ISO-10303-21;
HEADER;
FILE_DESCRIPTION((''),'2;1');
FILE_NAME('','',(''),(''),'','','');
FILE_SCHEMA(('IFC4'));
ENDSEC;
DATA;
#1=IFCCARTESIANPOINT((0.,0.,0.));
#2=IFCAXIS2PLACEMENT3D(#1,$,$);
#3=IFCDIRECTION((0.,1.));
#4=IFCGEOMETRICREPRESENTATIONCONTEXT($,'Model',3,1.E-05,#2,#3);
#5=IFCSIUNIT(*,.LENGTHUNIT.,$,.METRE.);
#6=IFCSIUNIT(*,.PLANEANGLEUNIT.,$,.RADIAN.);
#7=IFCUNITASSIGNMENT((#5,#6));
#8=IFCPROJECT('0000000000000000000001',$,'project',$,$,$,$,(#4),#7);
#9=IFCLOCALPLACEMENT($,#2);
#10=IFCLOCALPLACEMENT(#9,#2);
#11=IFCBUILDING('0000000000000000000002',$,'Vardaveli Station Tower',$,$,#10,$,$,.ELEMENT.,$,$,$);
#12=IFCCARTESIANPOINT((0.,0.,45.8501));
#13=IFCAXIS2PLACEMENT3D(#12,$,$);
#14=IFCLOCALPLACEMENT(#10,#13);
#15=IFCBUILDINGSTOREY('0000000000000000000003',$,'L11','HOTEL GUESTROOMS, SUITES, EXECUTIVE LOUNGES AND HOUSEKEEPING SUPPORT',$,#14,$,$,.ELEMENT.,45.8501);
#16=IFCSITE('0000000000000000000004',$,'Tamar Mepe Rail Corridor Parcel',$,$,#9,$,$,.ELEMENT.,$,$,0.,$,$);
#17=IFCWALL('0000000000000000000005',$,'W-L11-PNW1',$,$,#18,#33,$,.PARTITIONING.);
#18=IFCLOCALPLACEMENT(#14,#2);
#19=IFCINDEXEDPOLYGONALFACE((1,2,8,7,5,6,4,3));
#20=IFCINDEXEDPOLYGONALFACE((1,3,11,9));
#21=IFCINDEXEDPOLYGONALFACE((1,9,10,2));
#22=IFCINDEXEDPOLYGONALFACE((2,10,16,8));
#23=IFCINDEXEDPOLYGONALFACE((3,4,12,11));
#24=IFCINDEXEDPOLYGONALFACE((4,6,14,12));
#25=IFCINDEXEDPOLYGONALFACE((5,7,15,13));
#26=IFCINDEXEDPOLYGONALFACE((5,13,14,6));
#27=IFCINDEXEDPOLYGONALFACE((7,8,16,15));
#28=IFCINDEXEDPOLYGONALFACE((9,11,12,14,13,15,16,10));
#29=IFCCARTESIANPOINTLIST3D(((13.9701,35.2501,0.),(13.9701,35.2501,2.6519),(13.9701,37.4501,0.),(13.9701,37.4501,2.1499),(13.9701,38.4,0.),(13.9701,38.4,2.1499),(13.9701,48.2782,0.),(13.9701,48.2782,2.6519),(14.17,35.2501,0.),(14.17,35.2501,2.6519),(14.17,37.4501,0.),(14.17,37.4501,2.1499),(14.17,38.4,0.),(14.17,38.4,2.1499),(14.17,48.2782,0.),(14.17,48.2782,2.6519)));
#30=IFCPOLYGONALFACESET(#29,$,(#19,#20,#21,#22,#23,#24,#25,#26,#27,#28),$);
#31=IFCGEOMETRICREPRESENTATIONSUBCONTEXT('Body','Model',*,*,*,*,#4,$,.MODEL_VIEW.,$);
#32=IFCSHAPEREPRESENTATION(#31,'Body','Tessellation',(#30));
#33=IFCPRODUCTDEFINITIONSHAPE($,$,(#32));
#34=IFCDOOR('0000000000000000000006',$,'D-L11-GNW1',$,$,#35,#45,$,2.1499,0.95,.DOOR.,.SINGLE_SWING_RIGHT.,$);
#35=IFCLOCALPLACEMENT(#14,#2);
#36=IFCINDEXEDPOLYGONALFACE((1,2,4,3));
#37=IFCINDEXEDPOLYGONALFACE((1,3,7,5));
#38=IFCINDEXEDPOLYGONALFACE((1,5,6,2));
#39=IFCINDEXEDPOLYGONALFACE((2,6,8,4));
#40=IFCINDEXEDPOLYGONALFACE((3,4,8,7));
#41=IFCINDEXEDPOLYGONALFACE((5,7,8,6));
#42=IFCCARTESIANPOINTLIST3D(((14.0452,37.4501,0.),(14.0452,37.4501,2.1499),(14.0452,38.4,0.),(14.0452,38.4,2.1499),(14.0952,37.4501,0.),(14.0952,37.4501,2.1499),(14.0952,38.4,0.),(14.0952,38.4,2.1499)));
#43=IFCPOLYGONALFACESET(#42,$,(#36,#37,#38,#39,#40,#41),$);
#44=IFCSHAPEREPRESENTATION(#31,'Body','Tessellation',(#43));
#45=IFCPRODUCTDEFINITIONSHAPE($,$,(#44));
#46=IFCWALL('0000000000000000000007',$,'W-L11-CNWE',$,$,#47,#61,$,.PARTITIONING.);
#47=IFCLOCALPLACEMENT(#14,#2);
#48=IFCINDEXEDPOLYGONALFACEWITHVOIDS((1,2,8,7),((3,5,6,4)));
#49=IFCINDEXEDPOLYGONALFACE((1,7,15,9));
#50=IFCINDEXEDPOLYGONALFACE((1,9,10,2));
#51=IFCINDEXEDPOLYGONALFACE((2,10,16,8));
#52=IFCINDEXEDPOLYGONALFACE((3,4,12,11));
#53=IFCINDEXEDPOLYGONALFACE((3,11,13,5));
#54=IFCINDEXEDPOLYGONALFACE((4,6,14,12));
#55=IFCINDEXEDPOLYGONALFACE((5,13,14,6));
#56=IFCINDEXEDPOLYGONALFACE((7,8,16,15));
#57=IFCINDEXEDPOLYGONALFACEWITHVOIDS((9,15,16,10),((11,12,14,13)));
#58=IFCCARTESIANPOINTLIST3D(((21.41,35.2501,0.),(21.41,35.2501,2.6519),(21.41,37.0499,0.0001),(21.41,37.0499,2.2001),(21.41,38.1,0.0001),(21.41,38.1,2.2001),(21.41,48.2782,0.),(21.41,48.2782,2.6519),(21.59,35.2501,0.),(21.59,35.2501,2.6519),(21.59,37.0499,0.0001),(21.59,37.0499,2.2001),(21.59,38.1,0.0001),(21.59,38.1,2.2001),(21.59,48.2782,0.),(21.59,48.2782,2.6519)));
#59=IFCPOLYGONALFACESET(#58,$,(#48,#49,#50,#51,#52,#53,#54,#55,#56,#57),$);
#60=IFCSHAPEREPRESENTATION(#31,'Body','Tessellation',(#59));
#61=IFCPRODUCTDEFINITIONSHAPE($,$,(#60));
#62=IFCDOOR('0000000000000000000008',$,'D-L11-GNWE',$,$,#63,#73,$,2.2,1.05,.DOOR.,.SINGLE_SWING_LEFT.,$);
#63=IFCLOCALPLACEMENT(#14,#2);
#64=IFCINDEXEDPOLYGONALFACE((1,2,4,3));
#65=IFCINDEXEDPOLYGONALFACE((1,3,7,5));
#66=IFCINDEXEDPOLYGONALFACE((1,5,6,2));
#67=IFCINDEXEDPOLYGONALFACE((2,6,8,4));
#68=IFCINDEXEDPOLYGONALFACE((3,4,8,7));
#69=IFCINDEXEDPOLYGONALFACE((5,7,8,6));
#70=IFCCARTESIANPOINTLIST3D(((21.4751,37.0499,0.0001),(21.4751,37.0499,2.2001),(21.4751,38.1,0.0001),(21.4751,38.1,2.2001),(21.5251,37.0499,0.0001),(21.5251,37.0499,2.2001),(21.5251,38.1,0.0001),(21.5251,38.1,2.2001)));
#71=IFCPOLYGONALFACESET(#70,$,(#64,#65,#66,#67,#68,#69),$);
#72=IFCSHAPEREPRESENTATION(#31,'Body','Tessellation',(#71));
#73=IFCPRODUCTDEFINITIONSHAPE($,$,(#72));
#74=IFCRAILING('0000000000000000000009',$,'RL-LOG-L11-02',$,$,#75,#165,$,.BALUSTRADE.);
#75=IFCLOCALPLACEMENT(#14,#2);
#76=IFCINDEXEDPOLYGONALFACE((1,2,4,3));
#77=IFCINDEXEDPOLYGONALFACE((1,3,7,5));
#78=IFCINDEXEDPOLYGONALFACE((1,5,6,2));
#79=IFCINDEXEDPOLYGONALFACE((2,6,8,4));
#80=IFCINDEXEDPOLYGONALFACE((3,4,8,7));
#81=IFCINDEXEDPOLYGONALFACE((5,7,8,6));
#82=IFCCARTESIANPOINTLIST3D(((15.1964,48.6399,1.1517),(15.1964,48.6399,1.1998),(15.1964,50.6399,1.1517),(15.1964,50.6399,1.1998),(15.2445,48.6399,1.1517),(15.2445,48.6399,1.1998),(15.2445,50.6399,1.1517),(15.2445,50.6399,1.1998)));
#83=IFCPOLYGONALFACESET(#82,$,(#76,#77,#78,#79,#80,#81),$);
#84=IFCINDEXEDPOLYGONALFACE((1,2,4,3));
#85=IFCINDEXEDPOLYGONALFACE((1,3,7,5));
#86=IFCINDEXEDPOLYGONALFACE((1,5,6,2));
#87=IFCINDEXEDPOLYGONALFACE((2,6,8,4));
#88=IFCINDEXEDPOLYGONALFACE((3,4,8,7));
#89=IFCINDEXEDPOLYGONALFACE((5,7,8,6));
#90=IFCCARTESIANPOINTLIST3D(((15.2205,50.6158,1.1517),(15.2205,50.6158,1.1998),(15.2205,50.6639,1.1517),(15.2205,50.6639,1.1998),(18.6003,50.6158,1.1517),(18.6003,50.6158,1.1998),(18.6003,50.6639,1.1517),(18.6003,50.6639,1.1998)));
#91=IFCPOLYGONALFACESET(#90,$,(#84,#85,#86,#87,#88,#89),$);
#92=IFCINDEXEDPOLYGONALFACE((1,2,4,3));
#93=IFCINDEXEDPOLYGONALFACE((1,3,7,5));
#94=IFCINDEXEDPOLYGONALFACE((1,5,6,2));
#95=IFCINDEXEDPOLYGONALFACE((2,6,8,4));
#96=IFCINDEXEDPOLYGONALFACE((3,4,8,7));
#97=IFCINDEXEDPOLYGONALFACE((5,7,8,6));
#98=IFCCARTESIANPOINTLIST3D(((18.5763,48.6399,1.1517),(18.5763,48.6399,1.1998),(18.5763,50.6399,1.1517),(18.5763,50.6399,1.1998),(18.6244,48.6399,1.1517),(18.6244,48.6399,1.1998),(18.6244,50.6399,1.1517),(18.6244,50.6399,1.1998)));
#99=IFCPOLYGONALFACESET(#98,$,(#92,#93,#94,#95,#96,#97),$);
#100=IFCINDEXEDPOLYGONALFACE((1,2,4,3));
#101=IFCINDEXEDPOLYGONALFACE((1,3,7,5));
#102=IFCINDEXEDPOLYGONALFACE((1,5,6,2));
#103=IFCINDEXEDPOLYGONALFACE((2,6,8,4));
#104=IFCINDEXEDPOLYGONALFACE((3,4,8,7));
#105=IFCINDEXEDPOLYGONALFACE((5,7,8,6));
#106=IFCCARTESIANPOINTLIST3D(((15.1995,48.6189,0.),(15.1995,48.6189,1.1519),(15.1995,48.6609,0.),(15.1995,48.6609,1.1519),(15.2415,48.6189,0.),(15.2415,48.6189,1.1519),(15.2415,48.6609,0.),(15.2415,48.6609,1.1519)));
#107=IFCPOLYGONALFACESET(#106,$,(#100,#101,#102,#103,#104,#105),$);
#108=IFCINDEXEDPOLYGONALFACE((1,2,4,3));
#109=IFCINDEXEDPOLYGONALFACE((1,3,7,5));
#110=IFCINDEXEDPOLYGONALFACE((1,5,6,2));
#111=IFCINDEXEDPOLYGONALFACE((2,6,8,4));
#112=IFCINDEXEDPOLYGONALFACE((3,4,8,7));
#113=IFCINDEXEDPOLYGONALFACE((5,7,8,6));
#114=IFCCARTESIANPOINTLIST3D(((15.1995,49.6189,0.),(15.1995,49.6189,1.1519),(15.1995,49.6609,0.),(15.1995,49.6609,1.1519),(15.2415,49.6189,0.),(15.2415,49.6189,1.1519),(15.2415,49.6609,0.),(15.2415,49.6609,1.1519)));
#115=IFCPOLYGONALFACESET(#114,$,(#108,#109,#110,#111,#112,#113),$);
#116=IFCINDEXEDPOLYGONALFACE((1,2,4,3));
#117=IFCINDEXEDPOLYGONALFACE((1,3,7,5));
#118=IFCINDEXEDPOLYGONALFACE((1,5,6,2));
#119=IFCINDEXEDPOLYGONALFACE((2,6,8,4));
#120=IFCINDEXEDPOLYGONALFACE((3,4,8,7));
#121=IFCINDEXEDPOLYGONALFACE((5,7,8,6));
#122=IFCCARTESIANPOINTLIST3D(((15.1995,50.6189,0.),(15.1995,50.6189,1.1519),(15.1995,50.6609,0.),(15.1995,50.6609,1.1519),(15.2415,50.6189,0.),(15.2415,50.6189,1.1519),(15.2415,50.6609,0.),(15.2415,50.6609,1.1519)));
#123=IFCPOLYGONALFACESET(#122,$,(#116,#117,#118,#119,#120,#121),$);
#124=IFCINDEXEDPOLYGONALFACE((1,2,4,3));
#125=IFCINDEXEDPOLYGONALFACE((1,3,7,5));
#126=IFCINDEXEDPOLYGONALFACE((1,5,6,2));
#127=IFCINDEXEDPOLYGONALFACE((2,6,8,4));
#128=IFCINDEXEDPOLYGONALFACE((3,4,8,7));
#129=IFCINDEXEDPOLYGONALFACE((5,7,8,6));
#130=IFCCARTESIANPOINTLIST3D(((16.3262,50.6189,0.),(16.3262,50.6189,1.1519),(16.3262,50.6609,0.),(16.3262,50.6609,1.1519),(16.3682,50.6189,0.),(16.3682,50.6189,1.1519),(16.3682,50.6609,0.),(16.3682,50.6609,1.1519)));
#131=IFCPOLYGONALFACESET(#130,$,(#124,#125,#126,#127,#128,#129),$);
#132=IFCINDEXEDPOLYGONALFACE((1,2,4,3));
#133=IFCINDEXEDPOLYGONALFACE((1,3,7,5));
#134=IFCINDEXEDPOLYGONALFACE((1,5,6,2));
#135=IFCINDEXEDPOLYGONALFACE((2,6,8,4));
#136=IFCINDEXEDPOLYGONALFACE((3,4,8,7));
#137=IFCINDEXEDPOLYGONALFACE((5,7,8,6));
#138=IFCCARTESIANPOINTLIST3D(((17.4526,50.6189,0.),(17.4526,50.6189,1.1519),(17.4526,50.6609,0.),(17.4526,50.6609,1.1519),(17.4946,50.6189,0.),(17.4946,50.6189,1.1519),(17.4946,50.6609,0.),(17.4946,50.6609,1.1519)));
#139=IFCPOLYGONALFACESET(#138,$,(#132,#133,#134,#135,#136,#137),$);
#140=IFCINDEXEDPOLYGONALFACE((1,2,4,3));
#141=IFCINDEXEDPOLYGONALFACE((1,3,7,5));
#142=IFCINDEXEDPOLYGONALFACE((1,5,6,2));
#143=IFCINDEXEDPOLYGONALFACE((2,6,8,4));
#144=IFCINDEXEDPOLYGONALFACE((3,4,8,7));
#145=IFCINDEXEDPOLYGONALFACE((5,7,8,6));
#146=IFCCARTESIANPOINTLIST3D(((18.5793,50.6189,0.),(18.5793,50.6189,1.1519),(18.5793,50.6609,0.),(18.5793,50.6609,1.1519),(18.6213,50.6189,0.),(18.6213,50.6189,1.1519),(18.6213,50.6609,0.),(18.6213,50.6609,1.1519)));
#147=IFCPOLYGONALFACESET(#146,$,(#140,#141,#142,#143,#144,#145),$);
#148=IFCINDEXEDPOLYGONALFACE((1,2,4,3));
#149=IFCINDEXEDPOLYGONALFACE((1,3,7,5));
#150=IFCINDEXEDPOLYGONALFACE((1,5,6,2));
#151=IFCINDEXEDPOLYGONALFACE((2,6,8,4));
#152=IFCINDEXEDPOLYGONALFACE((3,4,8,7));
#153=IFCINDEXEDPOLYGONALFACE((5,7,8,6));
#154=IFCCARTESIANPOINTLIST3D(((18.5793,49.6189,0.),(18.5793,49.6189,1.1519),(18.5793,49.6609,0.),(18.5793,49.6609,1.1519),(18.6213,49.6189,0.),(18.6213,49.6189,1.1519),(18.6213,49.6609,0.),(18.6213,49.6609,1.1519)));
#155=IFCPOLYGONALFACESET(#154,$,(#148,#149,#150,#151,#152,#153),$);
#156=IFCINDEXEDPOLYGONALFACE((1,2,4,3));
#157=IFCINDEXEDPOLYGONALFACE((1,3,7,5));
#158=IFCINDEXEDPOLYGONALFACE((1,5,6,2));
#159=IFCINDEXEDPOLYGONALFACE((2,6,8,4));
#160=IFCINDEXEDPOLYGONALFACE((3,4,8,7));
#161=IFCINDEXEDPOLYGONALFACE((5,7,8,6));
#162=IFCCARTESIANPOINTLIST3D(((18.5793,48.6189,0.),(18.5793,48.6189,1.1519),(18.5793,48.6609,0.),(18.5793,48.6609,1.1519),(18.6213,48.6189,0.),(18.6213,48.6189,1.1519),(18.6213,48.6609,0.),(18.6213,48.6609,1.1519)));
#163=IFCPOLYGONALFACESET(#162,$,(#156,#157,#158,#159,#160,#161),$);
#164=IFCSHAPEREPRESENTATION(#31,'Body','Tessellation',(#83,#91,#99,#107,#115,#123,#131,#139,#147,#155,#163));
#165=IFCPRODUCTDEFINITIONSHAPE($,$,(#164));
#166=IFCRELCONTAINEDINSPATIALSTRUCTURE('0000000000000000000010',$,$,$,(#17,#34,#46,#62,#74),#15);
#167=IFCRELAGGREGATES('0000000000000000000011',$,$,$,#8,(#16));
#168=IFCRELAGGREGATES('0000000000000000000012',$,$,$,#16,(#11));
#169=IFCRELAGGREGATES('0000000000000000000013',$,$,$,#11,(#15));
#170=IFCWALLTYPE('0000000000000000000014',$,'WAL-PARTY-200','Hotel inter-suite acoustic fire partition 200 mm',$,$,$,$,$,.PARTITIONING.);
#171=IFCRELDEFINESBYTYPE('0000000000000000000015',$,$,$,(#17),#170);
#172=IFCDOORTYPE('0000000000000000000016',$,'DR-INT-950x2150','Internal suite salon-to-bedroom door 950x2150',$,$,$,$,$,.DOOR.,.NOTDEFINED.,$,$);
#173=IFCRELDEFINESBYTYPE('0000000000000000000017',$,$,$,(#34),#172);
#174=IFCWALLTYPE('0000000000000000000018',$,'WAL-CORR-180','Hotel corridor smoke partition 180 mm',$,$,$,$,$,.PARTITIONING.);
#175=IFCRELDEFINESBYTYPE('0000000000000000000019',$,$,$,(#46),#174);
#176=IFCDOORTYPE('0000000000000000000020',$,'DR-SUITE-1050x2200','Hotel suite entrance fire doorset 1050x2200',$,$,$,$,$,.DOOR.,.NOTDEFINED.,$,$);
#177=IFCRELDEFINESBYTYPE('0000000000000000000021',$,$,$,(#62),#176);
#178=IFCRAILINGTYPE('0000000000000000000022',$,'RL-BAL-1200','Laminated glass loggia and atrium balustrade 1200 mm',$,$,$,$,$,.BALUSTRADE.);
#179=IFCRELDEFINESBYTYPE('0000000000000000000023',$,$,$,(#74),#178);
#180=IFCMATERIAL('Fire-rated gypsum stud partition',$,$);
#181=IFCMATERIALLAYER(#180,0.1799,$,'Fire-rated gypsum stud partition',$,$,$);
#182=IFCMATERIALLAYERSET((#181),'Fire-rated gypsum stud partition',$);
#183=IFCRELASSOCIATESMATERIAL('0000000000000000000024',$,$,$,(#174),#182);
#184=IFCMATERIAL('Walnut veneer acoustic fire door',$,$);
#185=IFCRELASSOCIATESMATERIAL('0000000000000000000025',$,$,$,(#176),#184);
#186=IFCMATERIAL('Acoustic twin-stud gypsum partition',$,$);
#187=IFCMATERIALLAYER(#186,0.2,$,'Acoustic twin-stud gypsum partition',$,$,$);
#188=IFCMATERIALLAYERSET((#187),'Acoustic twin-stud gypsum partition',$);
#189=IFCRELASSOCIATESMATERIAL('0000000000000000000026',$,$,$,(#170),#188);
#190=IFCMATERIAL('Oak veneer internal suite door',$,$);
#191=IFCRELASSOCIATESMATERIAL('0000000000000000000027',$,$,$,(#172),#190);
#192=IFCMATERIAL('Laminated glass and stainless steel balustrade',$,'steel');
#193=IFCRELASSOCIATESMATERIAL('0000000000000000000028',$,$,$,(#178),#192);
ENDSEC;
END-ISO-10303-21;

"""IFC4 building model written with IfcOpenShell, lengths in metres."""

from ifc_helpers import new_model, si_unit, direction, frame, frame_2d, origin, origin_2d, place, context, subcontext, project, spatial, rectangle, extrude, source, transform, mapped, material, layer, layer_set, type_object, element, fill, save


model = new_model("IFC4")

# Units and contexts
model_context = context("Model", 3, precision=1e-05, world=origin(), true_north=direction((0.0, 1.0)))
body_context = subcontext(model_context, "Body", "Model", "MODEL_VIEW")
ifc_project = project(units=[si_unit("LENGTHUNIT", "METRE"), si_unit("PLANEANGLEUNIT", "RADIAN")], contexts=[model_context])

# Site, building, storey
site_placement = place(None, origin())
site = spatial("IfcSite", under=ifc_project, at=site_placement, Name="Tamar Mepe Rail Corridor Parcel", CompositionType="ELEMENT", RefElevation=0.0)
building_placement = place(site_placement, origin())
building = spatial("IfcBuilding", under=site, at=building_placement, Name="Vardaveli Station Tower", CompositionType="ELEMENT")
storey_placement = place(building_placement, frame((0.0, 0.0, 45.8501)))
storey = spatial("IfcBuildingStorey", under=building, at=storey_placement, Name="L11", Description="HOTEL GUESTROOMS, SUITES, EXECUTIVE LOUNGES AND HOUSEKEEPING SUPPORT", CompositionType="ELEMENT", Elevation=45.8501)

# Walls, openings, doors
ifc_material_1 = material(Name="Fire-rated gypsum stud partition")
ifc_layer_1 = layer(ifc_material_1, 0.1799, Name="Fire-rated gypsum stud partition")
ifc_layer_set_1 = layer_set([ifc_layer_1], Name="Fire-rated gypsum stud partition")
wall_type_1 = type_object("IfcWallType", Name="WAL-CORR-180", Description="Hotel corridor smoke partition 180 mm", PredefinedType="PARTITIONING", material=ifc_layer_set_1)
shared_shape_1 = source(origin(), body_context, "Body", "SweptSolid", [
    extrude(rectangle(XDim=1.05, YDim=2.2, at=frame_2d((0.5249, 1.1001))), frame((0.0, 0.1001, 0.0), z_axis=(0.0, -1.0, 0.0), x_axis=(1.0, 0.0, 0.0)), (0.0, 0.0, 1.0), 0.2),
])
ifc_material_2 = material(Name="Walnut veneer acoustic fire door")
door_type_1 = type_object("IfcDoorType", Name="DR-SUITE-1050x2200", Description="Hotel suite entrance fire doorset 1050x2200", OperationType="NOTDEFINED", PredefinedType="DOOR", material=ifc_material_2)
shared_shape_2 = source(origin(), body_context, "Body", "SweptSolid", [
    extrude(rectangle(XDim=1.05, YDim=2.2, at=frame_2d((0.5249, 1.1001))), frame((0.0, 0.0249, 0.0), z_axis=(0.0, -1.0, 0.0), x_axis=(1.0, 0.0, 0.0)), (0.0, 0.0, 1.0), 0.05),
])
ifc_material_3 = material(Name="Acoustic twin-stud gypsum partition")
ifc_layer_2 = layer(ifc_material_3, 0.2, Name="Acoustic twin-stud gypsum partition")
ifc_layer_set_2 = layer_set([ifc_layer_2], Name="Acoustic twin-stud gypsum partition")
wall_type_2 = type_object("IfcWallType", Name="WAL-PARTY-200", Description="Hotel inter-suite acoustic fire partition 200 mm", PredefinedType="PARTITIONING", material=ifc_layer_set_2)
shared_shape_3 = source(origin(), body_context, "Body", "SweptSolid", [
    extrude(rectangle(XDim=13.0281, YDim=0.2, at=frame_2d((6.5142, 0.0))), origin(), (0.0, 0.0, 1.0), 2.6519),
])
wall_1_placement = place(storey_placement, frame((14.0701, 35.25, 0.0), z_axis=(0.0, 0.0, 1.0), x_axis=(0.0, 1.0, 0.0)))
wall_1 = element("IfcWall", 1, at=wall_1_placement, inside=storey, type_object=wall_type_2, Name="W-L11-PNW1", PredefinedType="PARTITIONING", context=body_context, shape_type="MappedRepresentation", body=[
    mapped(shared_shape_3, transform((0.0, 0.0, 0.0), scale=1.0)),
])
shared_shape_4 = source(origin(), body_context, "Body", "SweptSolid", [
    extrude(rectangle(XDim=0.95, YDim=2.1499, at=frame_2d((0.4751, 1.075))), frame((0.0, 0.1099, 0.0), z_axis=(0.0, -1.0, 0.0), x_axis=(1.0, 0.0, 0.0)), (0.0, 0.0, 1.0), 0.22),
])
opening_1_placement = place(wall_1_placement, frame((2.2, 0.0, 0.0)))
opening_1 = element("IfcOpeningElement", 2, at=opening_1_placement, cuts=wall_1, PredefinedType="OPENING", context=body_context, shape_type="MappedRepresentation", body=[
    mapped(shared_shape_4, transform((0.0, 0.0, 0.0), scale=1.0)),
])
ifc_material_4 = material(Name="Oak veneer internal suite door")
door_type_2 = type_object("IfcDoorType", Name="DR-INT-950x2150", Description="Internal suite salon-to-bedroom door 950x2150", OperationType="NOTDEFINED", PredefinedType="DOOR", material=ifc_material_4)
shared_shape_5 = source(origin(), body_context, "Body", "SweptSolid", [
    extrude(rectangle(XDim=0.95, YDim=2.1499, at=frame_2d((0.4751, 1.075))), frame((0.0, 0.0249, 0.0), z_axis=(0.0, -1.0, 0.0), x_axis=(1.0, 0.0, 0.0)), (0.0, 0.0, 1.0), 0.05),
])
door_1_placement = place(opening_1_placement, origin())
door_1 = element("IfcDoor", 3, at=door_1_placement, inside=storey, type_object=door_type_2, Name="D-L11-GNW1", OperationType="SINGLE_SWING_RIGHT", OverallHeight=2.1499, OverallWidth=0.95, PredefinedType="DOOR", context=body_context, shape_type="MappedRepresentation", body=[
    mapped(shared_shape_5, transform((0.0, 0.0, 0.0), scale=1.0)),
])
fill(opening_1, door_1)
shared_shape_6 = source(origin(), body_context, "Body", "SweptSolid", [
    extrude(rectangle(XDim=13.0281, YDim=0.1799, at=frame_2d((6.5142, 0.0))), origin(), (0.0, 0.0, 1.0), 2.6519),
])
wall_2_placement = place(storey_placement, frame((21.5, 35.25, 0.0), z_axis=(0.0, 0.0, 1.0), x_axis=(0.0, 1.0, 0.0)))
wall_2 = element("IfcWall", 4, at=wall_2_placement, inside=storey, type_object=wall_type_1, Name="W-L11-CNWE", PredefinedType="PARTITIONING", context=body_context, shape_type="MappedRepresentation", body=[
    mapped(shared_shape_6, transform((0.0, 0.0, 0.0), scale=1.0)),
])
opening_2_placement = place(wall_2_placement, frame((1.8, 0.0, 0.0)))
opening_2 = element("IfcOpeningElement", 5, at=opening_2_placement, cuts=wall_2, PredefinedType="OPENING", context=body_context, shape_type="MappedRepresentation", body=[
    mapped(shared_shape_1, transform((0.0, 0.0, 0.0), scale=1.0)),
])
door_2_placement = place(opening_2_placement, origin())
door_2 = element("IfcDoor", 6, at=door_2_placement, inside=storey, type_object=door_type_1, Name="D-L11-GNWE", OperationType="SINGLE_SWING_LEFT", OverallHeight=2.2, OverallWidth=1.05, PredefinedType="DOOR", context=body_context, shape_type="MappedRepresentation", body=[
    mapped(shared_shape_2, transform((0.0, 0.0, 0.0), scale=1.0)),
])
fill(opening_2, door_2)

# Railing
ifc_material_5 = material(Name="Laminated glass and stainless steel balustrade", Category="steel")
railing_type = type_object("IfcRailingType", Name="RL-BAL-1200", Description="Laminated glass loggia and atrium balustrade 1200 mm", PredefinedType="BALUSTRADE", material=ifc_material_5)
shared_shape_7 = source(origin(), body_context, "Body", "SweptSolid", [
    extrude(rectangle(XDim=0.0481, YDim=0.0481, at=origin_2d()), frame((0.0, 0.0, 1.1758), z_axis=(0.0, 1.0, 0.0), x_axis=(-1.0, 0.0, 0.0)), (0.0, 0.0, 1.0), 2.0),
    extrude(rectangle(XDim=0.0481, YDim=0.0481, at=origin_2d()), frame((0.0, 2.0, 1.1758), z_axis=(1.0, 0.0, 0.0), x_axis=(0.0, 1.0, 0.0)), (0.0, 0.0, 1.0), 3.3799),
    extrude(rectangle(XDim=0.0481, YDim=0.0481, at=origin_2d()), frame((3.3799, 2.0, 1.1758), z_axis=(0.0, -1.0, 0.0), x_axis=(1.0, 0.0, 0.0)), (0.0, 0.0, 1.0), 2.0),
    extrude(rectangle(XDim=0.042, YDim=0.042, at=origin_2d()), origin(), (0.0, 0.0, 1.0), 1.1519),
    extrude(rectangle(XDim=0.042, YDim=0.042, at=origin_2d()), frame((0.0, 1.0, 0.0)), (0.0, 0.0, 1.0), 1.1519),
    extrude(rectangle(XDim=0.042, YDim=0.042, at=origin_2d()), frame((0.0, 2.0, 0.0)), (0.0, 0.0, 1.0), 1.1519),
    extrude(rectangle(XDim=0.042, YDim=0.042, at=origin_2d()), frame((1.1267, 2.0, 0.0)), (0.0, 0.0, 1.0), 1.1519),
    extrude(rectangle(XDim=0.042, YDim=0.042, at=origin_2d()), frame((2.2532, 2.0, 0.0)), (0.0, 0.0, 1.0), 1.1519),
    extrude(rectangle(XDim=0.042, YDim=0.042, at=origin_2d()), frame((3.3799, 2.0, 0.0)), (0.0, 0.0, 1.0), 1.1519),
    extrude(rectangle(XDim=0.042, YDim=0.042, at=origin_2d()), frame((3.3799, 1.0, 0.0)), (0.0, 0.0, 1.0), 1.1519),
    extrude(rectangle(XDim=0.042, YDim=0.042, at=origin_2d()), frame((3.3799, 0.0, 0.0)), (0.0, 0.0, 1.0), 1.1519),
])
railing_placement = place(storey_placement, frame((15.2205, 48.6399, 0.0)))
element("IfcRailing", 7, at=railing_placement, inside=storey, type_object=railing_type, Name="RL-LOG-L11-02", PredefinedType="BALUSTRADE", context=body_context, shape_type="MappedRepresentation", body=[
    mapped(shared_shape_7, transform((0.0, 0.0, 0.0), scale=1.0)),
])

save(model, "model.ifc")
